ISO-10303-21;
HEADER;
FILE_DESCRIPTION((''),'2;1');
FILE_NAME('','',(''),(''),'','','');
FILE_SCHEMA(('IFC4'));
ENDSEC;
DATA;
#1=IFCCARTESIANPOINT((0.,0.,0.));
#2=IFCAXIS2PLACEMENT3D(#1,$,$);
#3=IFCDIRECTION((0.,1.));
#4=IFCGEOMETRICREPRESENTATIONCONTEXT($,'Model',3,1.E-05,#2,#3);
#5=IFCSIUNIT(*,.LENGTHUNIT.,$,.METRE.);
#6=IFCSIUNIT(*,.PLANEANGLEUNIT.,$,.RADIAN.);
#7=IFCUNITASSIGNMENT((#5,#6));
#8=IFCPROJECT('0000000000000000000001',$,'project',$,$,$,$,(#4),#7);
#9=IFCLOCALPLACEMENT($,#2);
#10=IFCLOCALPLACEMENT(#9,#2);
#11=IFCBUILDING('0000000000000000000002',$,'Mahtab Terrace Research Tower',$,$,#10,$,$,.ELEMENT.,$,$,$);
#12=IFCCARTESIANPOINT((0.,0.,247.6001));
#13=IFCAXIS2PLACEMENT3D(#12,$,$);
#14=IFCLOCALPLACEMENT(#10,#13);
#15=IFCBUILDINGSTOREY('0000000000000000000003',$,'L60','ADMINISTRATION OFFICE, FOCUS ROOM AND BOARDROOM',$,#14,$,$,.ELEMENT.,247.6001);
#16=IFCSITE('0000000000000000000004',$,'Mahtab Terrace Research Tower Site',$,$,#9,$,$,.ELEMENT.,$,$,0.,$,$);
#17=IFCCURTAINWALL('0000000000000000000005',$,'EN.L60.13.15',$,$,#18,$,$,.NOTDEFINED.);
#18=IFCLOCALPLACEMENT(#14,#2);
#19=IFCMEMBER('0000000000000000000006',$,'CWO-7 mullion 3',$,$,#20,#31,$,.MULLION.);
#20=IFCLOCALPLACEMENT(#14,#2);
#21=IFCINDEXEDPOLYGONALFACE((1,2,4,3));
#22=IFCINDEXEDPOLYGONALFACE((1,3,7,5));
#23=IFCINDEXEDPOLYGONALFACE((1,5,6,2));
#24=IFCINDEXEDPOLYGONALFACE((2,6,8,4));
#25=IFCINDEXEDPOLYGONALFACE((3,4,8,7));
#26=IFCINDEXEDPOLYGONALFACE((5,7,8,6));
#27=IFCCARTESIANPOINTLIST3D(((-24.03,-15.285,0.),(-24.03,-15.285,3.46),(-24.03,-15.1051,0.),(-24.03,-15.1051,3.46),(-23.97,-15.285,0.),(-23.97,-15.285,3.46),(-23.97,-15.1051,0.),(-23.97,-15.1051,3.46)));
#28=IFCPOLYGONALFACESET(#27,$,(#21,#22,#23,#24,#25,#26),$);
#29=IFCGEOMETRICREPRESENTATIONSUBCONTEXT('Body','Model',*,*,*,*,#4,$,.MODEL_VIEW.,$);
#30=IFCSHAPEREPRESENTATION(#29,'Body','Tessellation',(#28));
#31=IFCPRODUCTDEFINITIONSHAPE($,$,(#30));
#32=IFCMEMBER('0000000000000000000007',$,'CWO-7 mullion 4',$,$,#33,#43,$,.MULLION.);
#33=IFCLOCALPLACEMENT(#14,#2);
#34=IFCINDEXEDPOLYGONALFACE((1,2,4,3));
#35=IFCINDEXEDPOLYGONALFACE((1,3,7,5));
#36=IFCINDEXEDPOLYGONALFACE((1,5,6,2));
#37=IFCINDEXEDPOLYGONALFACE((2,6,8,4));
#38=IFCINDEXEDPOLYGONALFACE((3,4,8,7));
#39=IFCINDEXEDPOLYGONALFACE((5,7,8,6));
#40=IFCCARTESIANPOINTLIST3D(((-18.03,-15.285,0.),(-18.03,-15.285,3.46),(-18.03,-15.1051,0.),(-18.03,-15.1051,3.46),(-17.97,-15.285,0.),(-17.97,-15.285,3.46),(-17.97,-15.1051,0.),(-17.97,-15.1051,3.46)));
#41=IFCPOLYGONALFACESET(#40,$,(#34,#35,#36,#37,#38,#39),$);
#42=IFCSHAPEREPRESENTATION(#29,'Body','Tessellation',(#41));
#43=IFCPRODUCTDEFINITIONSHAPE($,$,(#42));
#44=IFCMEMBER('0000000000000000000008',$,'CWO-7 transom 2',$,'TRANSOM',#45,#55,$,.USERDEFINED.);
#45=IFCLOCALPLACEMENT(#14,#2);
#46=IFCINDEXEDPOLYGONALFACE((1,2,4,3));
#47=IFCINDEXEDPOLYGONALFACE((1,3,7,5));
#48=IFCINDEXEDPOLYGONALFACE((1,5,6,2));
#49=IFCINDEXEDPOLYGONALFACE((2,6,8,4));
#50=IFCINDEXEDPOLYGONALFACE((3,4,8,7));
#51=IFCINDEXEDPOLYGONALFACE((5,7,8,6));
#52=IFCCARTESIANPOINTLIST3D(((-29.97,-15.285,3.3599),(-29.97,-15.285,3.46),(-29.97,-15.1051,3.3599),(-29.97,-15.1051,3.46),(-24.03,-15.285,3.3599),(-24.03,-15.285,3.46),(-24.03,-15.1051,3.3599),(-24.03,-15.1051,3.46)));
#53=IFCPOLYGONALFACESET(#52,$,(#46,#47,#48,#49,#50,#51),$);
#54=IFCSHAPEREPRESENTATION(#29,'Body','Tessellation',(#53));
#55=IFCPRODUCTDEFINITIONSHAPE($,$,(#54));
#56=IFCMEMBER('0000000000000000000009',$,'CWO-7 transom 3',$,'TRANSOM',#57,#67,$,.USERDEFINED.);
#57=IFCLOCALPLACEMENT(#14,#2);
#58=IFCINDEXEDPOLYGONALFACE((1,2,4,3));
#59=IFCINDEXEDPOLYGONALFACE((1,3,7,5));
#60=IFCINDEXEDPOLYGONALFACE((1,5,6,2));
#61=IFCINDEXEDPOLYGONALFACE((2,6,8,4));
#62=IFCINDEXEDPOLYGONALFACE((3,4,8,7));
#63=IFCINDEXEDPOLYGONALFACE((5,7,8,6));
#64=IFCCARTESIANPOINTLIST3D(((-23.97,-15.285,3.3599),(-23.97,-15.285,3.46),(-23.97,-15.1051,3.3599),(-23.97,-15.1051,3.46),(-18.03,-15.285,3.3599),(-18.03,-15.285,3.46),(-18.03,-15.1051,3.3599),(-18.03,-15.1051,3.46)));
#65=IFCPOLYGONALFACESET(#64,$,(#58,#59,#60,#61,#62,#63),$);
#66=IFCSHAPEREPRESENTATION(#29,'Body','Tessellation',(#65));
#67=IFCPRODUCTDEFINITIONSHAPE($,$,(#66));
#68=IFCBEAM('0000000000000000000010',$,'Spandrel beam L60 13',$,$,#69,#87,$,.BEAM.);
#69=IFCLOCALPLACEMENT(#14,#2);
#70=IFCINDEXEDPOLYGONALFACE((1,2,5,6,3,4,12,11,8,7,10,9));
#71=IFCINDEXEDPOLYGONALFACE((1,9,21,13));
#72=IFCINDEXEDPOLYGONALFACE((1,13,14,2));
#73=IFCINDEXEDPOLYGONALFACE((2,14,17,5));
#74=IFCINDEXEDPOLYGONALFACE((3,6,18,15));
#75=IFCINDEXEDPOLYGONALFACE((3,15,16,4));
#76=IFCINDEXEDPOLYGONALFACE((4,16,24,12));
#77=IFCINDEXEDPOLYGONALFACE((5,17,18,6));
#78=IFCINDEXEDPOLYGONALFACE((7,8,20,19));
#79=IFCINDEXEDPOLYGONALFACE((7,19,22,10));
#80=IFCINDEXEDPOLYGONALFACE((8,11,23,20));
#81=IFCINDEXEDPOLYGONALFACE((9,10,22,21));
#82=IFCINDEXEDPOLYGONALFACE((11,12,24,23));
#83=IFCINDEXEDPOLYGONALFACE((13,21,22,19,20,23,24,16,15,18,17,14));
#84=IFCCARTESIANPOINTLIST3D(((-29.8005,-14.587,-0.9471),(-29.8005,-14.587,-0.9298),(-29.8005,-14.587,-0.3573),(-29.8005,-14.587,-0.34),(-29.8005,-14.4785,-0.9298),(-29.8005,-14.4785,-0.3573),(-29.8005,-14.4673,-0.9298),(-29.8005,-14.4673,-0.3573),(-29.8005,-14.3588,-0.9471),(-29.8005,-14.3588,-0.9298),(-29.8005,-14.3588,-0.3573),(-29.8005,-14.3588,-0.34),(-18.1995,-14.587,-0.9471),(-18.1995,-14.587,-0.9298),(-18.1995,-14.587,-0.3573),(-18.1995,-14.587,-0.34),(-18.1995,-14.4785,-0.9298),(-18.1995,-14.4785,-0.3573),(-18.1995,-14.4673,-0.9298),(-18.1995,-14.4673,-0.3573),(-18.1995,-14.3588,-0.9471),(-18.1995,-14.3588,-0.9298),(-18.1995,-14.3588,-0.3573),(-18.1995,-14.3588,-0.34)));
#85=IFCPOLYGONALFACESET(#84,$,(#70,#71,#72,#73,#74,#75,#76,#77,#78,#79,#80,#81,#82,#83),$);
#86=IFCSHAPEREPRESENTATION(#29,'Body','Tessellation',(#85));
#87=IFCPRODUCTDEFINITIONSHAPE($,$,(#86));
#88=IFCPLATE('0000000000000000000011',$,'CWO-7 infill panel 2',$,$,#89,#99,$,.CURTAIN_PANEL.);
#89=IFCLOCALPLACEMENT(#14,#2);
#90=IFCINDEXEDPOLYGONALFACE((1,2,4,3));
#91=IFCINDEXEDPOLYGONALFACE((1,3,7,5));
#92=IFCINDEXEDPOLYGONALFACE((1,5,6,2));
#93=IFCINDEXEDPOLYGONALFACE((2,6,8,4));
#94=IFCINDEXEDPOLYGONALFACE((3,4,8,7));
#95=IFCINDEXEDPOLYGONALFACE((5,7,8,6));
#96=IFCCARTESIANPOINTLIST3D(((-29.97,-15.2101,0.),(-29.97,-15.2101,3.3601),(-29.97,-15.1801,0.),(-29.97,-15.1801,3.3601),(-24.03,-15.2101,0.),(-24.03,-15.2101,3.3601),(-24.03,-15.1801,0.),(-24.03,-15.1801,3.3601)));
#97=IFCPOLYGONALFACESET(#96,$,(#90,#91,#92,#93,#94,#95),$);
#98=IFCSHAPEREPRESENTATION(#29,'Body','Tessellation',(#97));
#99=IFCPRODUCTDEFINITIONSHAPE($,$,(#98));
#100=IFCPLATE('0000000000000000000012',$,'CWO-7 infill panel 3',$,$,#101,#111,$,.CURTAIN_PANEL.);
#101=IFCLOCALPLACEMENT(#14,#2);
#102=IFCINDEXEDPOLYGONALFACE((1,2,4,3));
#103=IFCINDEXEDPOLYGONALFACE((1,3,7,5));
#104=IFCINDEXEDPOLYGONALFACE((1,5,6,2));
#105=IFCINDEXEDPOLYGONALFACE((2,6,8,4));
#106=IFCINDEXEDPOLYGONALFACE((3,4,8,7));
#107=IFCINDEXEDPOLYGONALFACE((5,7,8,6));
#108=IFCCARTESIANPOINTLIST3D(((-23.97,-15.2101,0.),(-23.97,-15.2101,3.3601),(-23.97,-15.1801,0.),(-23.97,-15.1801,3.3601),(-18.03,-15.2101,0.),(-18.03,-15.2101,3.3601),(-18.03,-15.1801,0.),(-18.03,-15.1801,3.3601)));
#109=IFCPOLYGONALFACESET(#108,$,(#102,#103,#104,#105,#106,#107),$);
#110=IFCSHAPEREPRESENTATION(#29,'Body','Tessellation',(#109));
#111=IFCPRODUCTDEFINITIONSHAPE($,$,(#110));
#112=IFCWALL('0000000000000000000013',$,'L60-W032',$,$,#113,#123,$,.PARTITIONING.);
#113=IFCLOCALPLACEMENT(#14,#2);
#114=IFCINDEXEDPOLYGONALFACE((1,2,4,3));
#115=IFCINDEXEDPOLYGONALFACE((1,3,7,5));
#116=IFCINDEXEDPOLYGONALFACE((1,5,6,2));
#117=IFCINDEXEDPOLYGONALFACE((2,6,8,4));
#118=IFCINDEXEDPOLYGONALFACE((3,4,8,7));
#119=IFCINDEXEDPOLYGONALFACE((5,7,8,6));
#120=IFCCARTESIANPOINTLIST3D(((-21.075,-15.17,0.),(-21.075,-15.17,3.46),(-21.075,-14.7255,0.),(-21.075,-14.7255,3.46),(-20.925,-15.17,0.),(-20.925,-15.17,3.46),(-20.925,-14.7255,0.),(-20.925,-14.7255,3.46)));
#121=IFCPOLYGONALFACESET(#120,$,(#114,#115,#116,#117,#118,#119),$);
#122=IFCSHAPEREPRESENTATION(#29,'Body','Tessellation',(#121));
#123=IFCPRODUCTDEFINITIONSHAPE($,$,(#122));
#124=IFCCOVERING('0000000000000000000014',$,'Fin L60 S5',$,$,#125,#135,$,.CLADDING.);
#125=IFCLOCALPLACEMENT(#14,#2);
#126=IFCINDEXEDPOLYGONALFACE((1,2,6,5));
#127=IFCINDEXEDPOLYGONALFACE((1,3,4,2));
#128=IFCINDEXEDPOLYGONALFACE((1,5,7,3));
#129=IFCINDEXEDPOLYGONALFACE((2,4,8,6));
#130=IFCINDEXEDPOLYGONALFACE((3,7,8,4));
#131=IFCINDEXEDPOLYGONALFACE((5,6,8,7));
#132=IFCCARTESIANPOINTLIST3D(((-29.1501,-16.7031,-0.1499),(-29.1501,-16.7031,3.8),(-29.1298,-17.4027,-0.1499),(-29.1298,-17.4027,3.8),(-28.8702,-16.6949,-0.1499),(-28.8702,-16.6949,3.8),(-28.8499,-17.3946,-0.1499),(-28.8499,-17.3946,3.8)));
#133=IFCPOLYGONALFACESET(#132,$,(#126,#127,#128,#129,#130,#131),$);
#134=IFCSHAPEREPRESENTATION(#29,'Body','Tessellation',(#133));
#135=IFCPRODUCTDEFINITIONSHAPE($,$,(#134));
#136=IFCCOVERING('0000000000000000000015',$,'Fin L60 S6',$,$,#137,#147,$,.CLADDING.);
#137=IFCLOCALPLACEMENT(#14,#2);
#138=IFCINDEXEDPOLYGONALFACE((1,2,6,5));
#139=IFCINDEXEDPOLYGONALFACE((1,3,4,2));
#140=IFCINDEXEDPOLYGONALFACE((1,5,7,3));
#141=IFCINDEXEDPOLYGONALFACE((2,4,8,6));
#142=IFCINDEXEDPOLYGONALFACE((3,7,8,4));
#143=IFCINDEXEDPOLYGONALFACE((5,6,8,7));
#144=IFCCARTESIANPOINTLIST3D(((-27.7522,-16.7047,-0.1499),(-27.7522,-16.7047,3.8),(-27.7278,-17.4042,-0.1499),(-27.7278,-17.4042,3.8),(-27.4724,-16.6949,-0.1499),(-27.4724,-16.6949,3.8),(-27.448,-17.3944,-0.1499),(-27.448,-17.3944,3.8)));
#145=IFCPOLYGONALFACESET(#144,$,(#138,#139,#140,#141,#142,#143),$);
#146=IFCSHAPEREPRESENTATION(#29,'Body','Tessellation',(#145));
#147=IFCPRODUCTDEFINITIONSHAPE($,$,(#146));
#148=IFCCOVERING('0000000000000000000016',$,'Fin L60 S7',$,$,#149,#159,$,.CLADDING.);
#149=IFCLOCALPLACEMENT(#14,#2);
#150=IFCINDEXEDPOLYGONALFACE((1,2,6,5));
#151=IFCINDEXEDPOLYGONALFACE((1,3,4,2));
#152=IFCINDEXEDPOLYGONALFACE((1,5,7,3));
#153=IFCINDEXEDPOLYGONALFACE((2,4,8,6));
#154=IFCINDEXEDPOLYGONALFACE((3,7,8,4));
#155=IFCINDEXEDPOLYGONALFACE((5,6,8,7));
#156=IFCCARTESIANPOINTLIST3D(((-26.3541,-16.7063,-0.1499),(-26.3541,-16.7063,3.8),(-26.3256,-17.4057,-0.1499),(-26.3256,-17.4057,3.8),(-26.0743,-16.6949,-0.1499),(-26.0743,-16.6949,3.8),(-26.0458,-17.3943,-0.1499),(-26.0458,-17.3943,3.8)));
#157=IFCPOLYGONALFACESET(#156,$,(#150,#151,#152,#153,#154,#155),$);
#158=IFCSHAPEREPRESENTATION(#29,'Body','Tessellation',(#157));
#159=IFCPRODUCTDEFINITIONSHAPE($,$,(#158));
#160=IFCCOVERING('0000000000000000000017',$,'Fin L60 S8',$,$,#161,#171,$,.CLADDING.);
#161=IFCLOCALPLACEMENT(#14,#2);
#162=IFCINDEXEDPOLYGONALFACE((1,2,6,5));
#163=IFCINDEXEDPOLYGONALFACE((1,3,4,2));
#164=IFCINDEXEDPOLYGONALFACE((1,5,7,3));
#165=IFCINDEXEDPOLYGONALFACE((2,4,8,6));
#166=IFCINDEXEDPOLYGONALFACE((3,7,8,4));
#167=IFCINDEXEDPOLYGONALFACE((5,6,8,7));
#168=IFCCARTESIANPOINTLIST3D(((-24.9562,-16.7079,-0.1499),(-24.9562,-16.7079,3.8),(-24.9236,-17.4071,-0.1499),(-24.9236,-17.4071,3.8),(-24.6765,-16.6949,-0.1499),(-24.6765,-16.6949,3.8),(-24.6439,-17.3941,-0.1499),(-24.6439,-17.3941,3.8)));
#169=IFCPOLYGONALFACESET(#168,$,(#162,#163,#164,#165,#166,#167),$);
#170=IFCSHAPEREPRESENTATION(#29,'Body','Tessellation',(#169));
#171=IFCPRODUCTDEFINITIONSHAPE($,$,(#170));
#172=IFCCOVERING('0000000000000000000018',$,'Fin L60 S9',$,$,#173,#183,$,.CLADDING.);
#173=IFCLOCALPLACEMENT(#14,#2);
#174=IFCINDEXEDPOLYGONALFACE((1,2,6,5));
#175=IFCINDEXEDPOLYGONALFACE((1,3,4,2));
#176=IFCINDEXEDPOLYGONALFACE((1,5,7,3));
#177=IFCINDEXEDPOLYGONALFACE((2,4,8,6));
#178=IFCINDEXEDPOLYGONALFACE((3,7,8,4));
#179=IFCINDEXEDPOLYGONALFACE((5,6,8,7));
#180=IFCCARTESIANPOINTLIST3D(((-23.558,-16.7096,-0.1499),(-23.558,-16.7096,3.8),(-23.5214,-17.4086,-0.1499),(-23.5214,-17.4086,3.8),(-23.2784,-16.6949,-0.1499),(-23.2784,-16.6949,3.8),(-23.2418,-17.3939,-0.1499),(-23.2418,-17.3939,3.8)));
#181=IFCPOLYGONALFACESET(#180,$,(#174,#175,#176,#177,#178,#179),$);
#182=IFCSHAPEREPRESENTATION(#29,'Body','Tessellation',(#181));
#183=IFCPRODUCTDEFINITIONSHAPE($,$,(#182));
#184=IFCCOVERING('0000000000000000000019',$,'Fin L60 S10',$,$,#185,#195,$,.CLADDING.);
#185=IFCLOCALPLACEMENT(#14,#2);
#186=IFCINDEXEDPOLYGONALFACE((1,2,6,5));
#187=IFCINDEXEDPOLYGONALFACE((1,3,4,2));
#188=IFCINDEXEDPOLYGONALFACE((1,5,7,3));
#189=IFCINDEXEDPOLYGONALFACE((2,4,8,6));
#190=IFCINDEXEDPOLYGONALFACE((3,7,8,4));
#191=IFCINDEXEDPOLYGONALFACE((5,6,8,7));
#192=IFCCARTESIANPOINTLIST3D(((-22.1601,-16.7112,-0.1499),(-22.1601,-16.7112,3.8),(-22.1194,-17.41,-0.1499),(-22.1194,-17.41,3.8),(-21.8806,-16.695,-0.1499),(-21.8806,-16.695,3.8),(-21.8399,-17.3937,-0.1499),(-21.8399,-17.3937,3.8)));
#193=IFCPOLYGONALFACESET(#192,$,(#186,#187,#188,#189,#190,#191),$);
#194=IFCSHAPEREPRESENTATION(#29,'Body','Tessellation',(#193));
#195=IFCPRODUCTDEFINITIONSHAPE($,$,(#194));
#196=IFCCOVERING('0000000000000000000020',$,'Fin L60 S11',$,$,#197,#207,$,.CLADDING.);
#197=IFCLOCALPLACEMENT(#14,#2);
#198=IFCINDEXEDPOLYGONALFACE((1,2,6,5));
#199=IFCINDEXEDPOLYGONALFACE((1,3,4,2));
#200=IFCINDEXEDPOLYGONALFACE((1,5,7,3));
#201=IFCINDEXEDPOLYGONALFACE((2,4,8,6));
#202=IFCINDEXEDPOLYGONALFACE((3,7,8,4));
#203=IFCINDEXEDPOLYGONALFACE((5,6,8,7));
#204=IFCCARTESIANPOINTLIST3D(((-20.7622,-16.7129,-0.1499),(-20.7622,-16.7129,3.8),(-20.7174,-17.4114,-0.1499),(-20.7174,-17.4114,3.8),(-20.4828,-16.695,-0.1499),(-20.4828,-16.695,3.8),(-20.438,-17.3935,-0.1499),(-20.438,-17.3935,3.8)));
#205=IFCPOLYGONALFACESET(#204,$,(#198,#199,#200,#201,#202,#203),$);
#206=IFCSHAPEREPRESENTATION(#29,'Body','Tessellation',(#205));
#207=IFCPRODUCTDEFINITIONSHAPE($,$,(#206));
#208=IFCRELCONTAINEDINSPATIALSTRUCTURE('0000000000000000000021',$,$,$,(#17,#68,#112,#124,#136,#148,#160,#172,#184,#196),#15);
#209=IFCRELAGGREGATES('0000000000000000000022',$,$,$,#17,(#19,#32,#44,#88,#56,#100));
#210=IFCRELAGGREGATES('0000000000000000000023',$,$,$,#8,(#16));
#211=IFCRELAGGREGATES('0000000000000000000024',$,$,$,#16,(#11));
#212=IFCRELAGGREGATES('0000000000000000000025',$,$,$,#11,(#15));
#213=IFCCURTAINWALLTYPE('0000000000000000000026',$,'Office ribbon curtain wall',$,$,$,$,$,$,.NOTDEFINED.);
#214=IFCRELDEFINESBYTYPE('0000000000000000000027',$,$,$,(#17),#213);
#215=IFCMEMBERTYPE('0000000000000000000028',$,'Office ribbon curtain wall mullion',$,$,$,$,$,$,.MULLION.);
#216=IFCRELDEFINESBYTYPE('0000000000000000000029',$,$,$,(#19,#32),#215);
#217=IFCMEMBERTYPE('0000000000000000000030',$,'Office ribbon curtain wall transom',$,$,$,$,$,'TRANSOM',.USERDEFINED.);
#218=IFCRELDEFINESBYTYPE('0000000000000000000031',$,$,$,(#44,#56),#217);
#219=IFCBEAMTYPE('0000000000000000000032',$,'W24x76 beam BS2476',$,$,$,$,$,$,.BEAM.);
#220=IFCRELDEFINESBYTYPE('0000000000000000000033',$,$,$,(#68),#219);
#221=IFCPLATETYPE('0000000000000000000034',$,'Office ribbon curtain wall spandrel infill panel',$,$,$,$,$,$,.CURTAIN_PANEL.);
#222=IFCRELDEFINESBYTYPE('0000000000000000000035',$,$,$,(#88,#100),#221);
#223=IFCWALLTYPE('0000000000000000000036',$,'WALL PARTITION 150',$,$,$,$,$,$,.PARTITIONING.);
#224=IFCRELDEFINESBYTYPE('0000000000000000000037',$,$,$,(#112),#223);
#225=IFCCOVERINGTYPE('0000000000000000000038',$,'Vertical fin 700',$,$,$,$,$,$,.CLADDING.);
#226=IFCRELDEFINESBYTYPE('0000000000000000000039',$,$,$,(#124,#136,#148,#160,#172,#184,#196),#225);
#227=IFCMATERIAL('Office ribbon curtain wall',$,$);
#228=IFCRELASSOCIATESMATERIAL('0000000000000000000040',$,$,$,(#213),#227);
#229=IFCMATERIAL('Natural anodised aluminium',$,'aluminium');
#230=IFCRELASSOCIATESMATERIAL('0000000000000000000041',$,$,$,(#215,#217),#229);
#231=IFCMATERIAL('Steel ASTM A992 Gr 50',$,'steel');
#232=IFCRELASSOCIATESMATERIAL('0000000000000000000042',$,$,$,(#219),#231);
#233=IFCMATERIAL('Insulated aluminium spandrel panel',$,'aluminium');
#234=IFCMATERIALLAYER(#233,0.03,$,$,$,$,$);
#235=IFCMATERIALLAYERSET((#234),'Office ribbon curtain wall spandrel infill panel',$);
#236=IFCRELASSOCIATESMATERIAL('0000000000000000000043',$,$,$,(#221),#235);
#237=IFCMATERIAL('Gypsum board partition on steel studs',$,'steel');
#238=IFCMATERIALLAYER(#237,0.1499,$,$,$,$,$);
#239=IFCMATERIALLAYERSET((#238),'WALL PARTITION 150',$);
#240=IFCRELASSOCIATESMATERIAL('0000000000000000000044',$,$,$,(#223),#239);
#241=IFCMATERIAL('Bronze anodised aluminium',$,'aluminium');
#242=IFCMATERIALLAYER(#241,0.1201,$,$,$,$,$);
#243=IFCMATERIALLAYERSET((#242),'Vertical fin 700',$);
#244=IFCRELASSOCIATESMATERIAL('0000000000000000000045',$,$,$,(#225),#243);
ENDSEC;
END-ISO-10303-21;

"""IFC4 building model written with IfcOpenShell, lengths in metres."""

from ifc_helpers import new_model, si_unit, direction, frame, frame_2d, origin, origin_2d, place, context, subcontext, project, spatial, rectangle, i_section, extrude, material, layer, layer_set, material_profile, profile_set, type_object, element, aggregate, save


model = new_model("IFC4")

# Units and contexts
model_context = context("Model", 3, precision=1e-05, world=origin(), true_north=direction((0.0, 1.0)))
body_context = subcontext(model_context, "Body", "Model", "MODEL_VIEW")
ifc_project = project(units=[si_unit("LENGTHUNIT", "METRE"), si_unit("PLANEANGLEUNIT", "RADIAN")], contexts=[model_context])

# Site, building, storey
site_placement = place(None, origin())
site = spatial("IfcSite", under=ifc_project, at=site_placement, Name="Mahtab Terrace Research Tower Site", CompositionType="ELEMENT", RefElevation=0.0)
building_placement = place(site_placement, origin())
building = spatial("IfcBuilding", under=site, at=building_placement, Name="Mahtab Terrace Research Tower", CompositionType="ELEMENT")
storey_placement = place(building_placement, frame((0.0, 0.0, 247.6001)))
storey = spatial("IfcBuildingStorey", under=building, at=storey_placement, Name="L60", Description="ADMINISTRATION OFFICE, FOCUS ROOM AND BOARDROOM", CompositionType="ELEMENT", Elevation=247.6001)

# Curtain wall, members
ifc_material_1 = material(Name="Office ribbon curtain wall")
curtain_wall_type = type_object("IfcCurtainWallType", Name="Office ribbon curtain wall", PredefinedType="NOTDEFINED", material=ifc_material_1)
curtain_wall_placement = place(storey_placement, origin())
curtain_wall = element("IfcCurtainWall", 1, at=curtain_wall_placement, inside=storey, type_object=curtain_wall_type, Name="EN.L60.13.15", PredefinedType="NOTDEFINED")
ifc_material_2 = material(Name="Natural anodised aluminium", Category="aluminium")
ifc_material_profile_1 = material_profile(ifc_material_2, rectangle(XDim=0.1799, YDim=0.0601, at=origin_2d()), Name="MULLION 60x180")
ifc_profile_set_1 = profile_set([ifc_material_profile_1], Name="Natural anodised aluminium")
member_type_1 = type_object("IfcMemberType", Name="Office ribbon curtain wall mullion", PredefinedType="MULLION", material=ifc_profile_set_1)
member_1_placement = place(storey_placement, frame((-24.0, -15.1951, 0.0), z_axis=(0.0, 0.0, 1.0), x_axis=(0.0, 1.0, 0.0)))
member_1 = element("IfcMember", 2, at=member_1_placement, type_object=member_type_1, Name="CWO-7 mullion 3", PredefinedType="MULLION", context=body_context, shape_type="SweptSolid", body=[
    extrude(rectangle(XDim=0.1799, YDim=0.0601, at=origin_2d()), origin(), (0.0, 0.0, 1.0), 3.46),
])
member_2_placement = place(storey_placement, frame((-18.0, -15.1951, 0.0), z_axis=(0.0, 0.0, 1.0), x_axis=(0.0, 1.0, 0.0)))
member_2 = element("IfcMember", 3, at=member_2_placement, type_object=member_type_1, Name="CWO-7 mullion 4", PredefinedType="MULLION", context=body_context, shape_type="SweptSolid", body=[
    extrude(rectangle(XDim=0.1799, YDim=0.0601, at=origin_2d()), origin(), (0.0, 0.0, 1.0), 3.46),
])
ifc_material_profile_2 = material_profile(ifc_material_2, rectangle(XDim=0.1799, YDim=0.1001, at=origin_2d()), Name="TRANSOM 100x180")
ifc_profile_set_2 = profile_set([ifc_material_profile_2], Name="Natural anodised aluminium")
member_type_2 = type_object("IfcMemberType", Name="Office ribbon curtain wall transom", ElementType="TRANSOM", PredefinedType="USERDEFINED", material=ifc_profile_set_2)
member_3_placement = place(storey_placement, frame((-29.97, -15.1951, 3.4099), z_axis=(1.0, 0.0, 0.0), x_axis=(0.0, 1.0, 0.0)))
member_3 = element("IfcMember", 4, at=member_3_placement, type_object=member_type_2, Name="CWO-7 transom 2", ObjectType="TRANSOM", PredefinedType="USERDEFINED", context=body_context, shape_type="SweptSolid", body=[
    extrude(rectangle(XDim=0.1799, YDim=0.1001, at=origin_2d()), origin(), (0.0, 0.0, 1.0), 5.9399),
])
member_4_placement = place(storey_placement, frame((-23.97, -15.1951, 3.4099), z_axis=(1.0, 0.0, 0.0), x_axis=(0.0, 1.0, 0.0)))
member_4 = element("IfcMember", 5, at=member_4_placement, type_object=member_type_2, Name="CWO-7 transom 3", ObjectType="TRANSOM", PredefinedType="USERDEFINED", context=body_context, shape_type="SweptSolid", body=[
    extrude(rectangle(XDim=0.1799, YDim=0.1001, at=origin_2d()), origin(), (0.0, 0.0, 1.0), 5.9399),
])

# Beam
ifc_material_3 = material(Name="Steel ASTM A992 Gr 50", Category="steel")
ifc_material_profile_3 = material_profile(ifc_material_3, i_section(OverallWidth=0.2283, OverallDepth=0.6072, WebThickness=0.0112, FlangeThickness=0.0173, at=origin_2d()), Name="W24X76")
ifc_profile_set_3 = profile_set([ifc_material_profile_3], Name="Steel ASTM A992 Gr 50")
beam_type = type_object("IfcBeamType", Name="W24x76 beam BS2476", PredefinedType="BEAM", material=ifc_profile_set_3)
beam_placement = place(storey_placement, frame((-29.8005, -14.4729, -0.6436), z_axis=(1.0, 0.0, 0.0), x_axis=(0.0, 1.0, 0.0)))
element("IfcBeam", 6, at=beam_placement, inside=storey, type_object=beam_type, Name="Spandrel beam L60 13", PredefinedType="BEAM", context=body_context, shape_type="SweptSolid", body=[
    extrude(i_section(OverallWidth=0.2283, OverallDepth=0.6072, WebThickness=0.0112, FlangeThickness=0.0173, at=origin_2d()), origin(), (0.0, 0.0, 1.0), 11.6011),
])

# Plates
ifc_material_4 = material(Name="Insulated aluminium spandrel panel", Category="aluminium")
ifc_layer_1 = layer(ifc_material_4, 0.03)
ifc_layer_set_1 = layer_set([ifc_layer_1], Name="Office ribbon curtain wall spandrel infill panel")
plate_type = type_object("IfcPlateType", Name="Office ribbon curtain wall spandrel infill panel", PredefinedType="CURTAIN_PANEL", material=ifc_layer_set_1)
plate_1_placement = place(storey_placement, frame((-27.0, -15.1951, 0.0), z_axis=(0.0, 0.0, 1.0), x_axis=(1.0, 0.0, 0.0)))
plate_1 = element("IfcPlate", 7, at=plate_1_placement, type_object=plate_type, Name="CWO-7 infill panel 2", PredefinedType="CURTAIN_PANEL", context=body_context, shape_type="SweptSolid", body=[
    extrude(rectangle(XDim=5.9399, YDim=0.03, at=origin_2d()), origin(), (0.0, 0.0, 1.0), 3.3601),
])
plate_2_placement = place(storey_placement, frame((-21.0, -15.1951, 0.0), z_axis=(0.0, 0.0, 1.0), x_axis=(1.0, 0.0, 0.0)))
plate_2 = element("IfcPlate", 8, at=plate_2_placement, type_object=plate_type, Name="CWO-7 infill panel 3", PredefinedType="CURTAIN_PANEL", context=body_context, shape_type="SweptSolid", body=[
    extrude(rectangle(XDim=5.9399, YDim=0.03, at=origin_2d()), origin(), (0.0, 0.0, 1.0), 3.3601),
])
aggregate(curtain_wall, [member_1, member_2, member_3, plate_1, member_4, plate_2])

# Wall
ifc_material_5 = material(Name="Gypsum board partition on steel studs", Category="steel")
ifc_layer_2 = layer(ifc_material_5, 0.1499)
ifc_layer_set_2 = layer_set([ifc_layer_2], Name="WALL PARTITION 150")
wall_type = type_object("IfcWallType", Name="WALL PARTITION 150", PredefinedType="PARTITIONING", material=ifc_layer_set_2)
wall_placement = place(storey_placement, frame((-21.0, -15.1699, 0.0), z_axis=(0.0, 0.0, 1.0), x_axis=(0.0, 1.0, 0.0)))
element("IfcWall", 9, at=wall_placement, inside=storey, type_object=wall_type, Name="L60-W032", PredefinedType="PARTITIONING", context=body_context, shape_type="SweptSolid", body=[
    extrude(rectangle(XDim=0.4446, YDim=0.1499, at=frame_2d((0.2222, 0.0))), origin(), (0.0, 0.0, 1.0), 3.46),
])

# Coverings
ifc_material_6 = material(Name="Bronze anodised aluminium", Category="aluminium")
ifc_layer_3 = layer(ifc_material_6, 0.1201)
ifc_layer_set_3 = layer_set([ifc_layer_3], Name="Vertical fin 700")
covering_type = type_object("IfcCoveringType", Name="Vertical fin 700", PredefinedType="CLADDING", material=ifc_layer_set_3)
for number, where, z_axis, x_axis, name in (
    (10, (-29.0, -17.0488, -0.1499), (0.0, 0.0, 1.0), (0.999577, 0.029085, 0.0), "Fin L60 S5"),
    (11, (-27.6001, -17.0496, -0.1499), (0.0, 0.0, 1.0), (0.999391, 0.034899, 0.0), "Fin L60 S6"),
    (12, (-26.2, -17.0503, -0.1499), (0.0, 0.0, 1.0), (0.999171, 0.040713, 0.0), "Fin L60 S7"),
    (13, (-24.8, -17.051, -0.1499), (0.0, 0.0, 1.0), (0.998917, 0.046525, 0.0), "Fin L60 S8"),
    (14, (-23.3999, -17.0518, -0.1499), (0.0, 0.0, 1.0), (0.99863, 0.052336, 0.0), "Fin L60 S9"),
    (15, (-22.0, -17.0525, -0.1499), (0.0, 0.0, 1.0), (0.998308, 0.058145, 0.0), "Fin L60 S10"),
    (16, (-20.6001, -17.0532, -0.1499), (0.0, 0.0, 1.0), (0.997953, 0.063952, 0.0), "Fin L60 S11"),
):
    element("IfcCovering", number, at=place(storey_placement, frame(where, z_axis=z_axis, x_axis=x_axis)), inside=storey, type_object=covering_type, Name=name, PredefinedType="CLADDING", context=body_context, shape_type="SweptSolid", body=[
        extrude(rectangle(XDim=0.28, YDim=0.7, at=origin_2d()), origin(), (0.0, 0.0, 1.0), 3.95),
    ])

save(model, "model.ifc")
